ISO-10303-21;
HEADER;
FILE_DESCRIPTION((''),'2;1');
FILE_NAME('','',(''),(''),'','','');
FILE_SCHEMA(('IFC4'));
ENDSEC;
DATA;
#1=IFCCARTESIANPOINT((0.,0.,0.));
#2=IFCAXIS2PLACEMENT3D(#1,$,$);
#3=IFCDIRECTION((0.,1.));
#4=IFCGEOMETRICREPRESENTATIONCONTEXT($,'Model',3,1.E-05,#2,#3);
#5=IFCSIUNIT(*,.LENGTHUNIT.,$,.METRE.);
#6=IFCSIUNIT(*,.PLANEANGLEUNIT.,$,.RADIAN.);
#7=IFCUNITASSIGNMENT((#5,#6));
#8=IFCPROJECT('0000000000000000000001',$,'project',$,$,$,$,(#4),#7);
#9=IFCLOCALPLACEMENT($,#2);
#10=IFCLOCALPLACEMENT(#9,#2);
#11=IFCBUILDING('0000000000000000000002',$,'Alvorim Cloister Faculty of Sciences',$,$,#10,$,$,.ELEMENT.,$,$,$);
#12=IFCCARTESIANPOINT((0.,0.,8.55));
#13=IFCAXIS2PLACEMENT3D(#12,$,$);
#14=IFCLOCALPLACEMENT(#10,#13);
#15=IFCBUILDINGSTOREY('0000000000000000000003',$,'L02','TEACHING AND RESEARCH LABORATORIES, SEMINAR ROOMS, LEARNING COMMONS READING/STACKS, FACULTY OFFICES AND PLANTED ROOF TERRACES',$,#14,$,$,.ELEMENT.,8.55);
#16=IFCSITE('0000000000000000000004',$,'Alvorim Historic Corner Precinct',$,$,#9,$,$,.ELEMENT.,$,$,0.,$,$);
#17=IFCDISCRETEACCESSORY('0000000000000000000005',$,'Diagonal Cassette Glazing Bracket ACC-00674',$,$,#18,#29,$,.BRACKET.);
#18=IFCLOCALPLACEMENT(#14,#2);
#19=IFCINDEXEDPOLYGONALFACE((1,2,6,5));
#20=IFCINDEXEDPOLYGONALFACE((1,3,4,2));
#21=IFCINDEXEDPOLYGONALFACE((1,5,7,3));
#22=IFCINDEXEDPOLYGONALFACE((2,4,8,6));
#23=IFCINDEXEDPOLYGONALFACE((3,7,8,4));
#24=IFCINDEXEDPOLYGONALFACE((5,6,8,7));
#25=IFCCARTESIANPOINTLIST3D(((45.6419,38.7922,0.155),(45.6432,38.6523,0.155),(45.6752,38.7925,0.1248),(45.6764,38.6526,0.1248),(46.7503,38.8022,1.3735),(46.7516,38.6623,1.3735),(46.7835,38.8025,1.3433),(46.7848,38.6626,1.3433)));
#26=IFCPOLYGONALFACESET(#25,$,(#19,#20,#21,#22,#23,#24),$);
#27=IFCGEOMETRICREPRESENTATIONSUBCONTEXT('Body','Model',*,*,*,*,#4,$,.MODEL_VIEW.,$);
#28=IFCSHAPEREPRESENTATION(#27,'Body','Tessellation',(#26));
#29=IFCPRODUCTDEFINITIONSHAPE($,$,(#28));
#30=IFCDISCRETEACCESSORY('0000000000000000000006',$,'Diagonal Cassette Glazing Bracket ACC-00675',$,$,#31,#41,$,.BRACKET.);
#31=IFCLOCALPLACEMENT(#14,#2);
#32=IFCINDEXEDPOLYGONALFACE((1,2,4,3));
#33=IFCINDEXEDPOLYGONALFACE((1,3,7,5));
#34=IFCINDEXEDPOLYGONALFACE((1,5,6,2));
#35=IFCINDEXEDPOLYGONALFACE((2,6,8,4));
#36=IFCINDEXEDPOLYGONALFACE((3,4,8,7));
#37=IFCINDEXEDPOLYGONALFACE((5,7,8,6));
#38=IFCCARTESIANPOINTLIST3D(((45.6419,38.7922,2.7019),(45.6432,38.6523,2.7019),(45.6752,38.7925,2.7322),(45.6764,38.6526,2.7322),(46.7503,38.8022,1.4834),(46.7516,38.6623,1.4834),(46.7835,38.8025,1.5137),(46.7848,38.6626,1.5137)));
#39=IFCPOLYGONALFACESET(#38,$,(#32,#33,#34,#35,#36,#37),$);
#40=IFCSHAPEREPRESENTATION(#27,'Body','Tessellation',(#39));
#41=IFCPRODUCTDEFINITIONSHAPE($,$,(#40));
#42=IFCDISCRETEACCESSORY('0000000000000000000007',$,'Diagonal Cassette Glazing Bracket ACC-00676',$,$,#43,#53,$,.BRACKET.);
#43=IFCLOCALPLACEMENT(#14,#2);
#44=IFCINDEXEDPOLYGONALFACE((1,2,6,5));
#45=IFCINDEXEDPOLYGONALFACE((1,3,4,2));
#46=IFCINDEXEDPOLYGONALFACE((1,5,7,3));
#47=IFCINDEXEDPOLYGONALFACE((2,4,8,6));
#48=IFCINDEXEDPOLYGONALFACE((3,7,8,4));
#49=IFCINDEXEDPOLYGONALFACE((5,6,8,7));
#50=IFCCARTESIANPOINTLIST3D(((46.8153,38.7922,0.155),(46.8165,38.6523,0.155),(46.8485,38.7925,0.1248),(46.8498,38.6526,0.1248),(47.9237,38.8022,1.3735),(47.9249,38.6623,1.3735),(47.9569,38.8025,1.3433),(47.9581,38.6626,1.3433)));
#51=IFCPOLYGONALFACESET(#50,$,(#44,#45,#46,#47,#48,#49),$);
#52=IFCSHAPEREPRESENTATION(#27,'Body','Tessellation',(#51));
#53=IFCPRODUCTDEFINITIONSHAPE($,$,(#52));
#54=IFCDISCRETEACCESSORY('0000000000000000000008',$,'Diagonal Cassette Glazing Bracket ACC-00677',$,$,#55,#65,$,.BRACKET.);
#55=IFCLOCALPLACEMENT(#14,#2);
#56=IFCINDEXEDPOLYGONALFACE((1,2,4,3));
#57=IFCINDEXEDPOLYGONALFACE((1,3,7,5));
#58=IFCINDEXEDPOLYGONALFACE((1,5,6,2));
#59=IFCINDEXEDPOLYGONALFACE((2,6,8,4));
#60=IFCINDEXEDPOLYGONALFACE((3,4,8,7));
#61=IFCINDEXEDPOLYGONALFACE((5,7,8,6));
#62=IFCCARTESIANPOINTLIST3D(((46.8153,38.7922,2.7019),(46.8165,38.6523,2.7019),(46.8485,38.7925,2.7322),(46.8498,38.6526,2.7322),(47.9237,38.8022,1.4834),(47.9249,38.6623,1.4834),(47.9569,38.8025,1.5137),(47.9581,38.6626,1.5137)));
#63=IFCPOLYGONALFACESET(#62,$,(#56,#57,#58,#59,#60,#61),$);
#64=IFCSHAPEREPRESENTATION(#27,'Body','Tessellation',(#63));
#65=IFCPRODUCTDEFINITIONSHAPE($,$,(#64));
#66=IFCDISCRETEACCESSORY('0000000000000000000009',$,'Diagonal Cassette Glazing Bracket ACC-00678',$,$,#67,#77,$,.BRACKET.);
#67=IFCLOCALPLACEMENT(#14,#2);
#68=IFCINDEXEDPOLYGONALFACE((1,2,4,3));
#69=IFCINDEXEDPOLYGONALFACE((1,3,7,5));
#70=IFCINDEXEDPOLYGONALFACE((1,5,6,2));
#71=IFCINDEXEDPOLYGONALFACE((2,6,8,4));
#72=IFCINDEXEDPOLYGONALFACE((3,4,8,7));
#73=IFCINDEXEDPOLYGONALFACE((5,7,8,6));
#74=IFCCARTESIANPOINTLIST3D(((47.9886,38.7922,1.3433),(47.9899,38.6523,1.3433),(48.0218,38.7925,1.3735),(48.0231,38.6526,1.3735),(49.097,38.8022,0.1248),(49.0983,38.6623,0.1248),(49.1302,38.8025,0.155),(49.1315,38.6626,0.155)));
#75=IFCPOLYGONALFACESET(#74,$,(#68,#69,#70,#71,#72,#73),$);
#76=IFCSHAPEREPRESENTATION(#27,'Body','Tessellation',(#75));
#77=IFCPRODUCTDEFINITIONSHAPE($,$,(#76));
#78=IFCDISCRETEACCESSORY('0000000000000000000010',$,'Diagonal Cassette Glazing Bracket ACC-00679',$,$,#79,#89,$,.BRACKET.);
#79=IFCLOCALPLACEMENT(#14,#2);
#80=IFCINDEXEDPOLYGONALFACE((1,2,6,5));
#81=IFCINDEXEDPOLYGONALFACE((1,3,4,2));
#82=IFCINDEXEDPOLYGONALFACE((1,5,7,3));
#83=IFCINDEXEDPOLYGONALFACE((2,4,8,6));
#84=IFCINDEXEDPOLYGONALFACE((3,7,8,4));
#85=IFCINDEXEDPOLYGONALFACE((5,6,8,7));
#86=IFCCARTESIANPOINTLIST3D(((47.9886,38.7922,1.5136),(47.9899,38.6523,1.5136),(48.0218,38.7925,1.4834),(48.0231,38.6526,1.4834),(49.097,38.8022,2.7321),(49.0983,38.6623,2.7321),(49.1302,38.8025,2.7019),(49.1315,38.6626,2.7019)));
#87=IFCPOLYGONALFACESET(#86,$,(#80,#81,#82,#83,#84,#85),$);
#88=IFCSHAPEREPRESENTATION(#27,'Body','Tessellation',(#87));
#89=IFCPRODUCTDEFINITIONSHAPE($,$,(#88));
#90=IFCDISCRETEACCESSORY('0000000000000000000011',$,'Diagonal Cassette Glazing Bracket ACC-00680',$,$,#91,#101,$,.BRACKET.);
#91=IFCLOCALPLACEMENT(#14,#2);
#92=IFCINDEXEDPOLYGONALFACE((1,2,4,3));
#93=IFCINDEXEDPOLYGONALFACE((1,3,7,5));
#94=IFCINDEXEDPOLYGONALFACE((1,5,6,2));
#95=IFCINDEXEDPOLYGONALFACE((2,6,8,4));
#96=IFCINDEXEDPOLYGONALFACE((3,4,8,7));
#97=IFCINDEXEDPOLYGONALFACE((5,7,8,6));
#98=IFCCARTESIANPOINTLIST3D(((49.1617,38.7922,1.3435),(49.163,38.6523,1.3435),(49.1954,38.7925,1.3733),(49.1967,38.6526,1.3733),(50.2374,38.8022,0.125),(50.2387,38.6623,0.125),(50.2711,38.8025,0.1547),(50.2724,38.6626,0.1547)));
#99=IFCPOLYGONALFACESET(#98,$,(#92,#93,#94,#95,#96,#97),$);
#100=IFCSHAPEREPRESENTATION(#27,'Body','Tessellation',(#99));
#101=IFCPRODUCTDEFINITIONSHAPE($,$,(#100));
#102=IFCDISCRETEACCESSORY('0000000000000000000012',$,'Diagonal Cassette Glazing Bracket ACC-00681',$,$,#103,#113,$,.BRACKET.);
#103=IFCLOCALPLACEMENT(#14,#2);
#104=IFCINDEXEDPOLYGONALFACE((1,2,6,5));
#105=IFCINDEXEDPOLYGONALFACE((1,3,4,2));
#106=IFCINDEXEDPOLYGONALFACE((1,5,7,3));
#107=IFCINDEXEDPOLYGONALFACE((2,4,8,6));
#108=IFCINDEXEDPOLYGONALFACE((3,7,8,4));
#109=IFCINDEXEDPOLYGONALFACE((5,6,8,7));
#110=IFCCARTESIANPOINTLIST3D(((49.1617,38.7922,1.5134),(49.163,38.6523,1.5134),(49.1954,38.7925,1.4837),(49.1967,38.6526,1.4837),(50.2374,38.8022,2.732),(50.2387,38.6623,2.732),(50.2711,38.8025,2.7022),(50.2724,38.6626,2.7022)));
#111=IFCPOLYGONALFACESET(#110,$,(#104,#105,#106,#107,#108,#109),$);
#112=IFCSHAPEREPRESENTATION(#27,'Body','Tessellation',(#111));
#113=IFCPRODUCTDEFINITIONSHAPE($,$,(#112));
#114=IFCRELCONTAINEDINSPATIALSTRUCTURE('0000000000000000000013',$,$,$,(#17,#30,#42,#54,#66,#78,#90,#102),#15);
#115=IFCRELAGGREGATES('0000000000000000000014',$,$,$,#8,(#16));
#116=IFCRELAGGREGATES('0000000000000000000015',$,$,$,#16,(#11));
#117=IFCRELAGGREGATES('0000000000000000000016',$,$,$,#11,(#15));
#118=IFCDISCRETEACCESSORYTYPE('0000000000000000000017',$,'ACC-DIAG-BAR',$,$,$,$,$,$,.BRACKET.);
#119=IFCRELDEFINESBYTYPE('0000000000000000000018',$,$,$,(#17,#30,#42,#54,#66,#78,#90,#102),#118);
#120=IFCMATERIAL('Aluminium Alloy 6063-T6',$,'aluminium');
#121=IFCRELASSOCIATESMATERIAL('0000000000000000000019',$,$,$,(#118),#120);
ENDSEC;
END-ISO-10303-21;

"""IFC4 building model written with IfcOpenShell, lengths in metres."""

from ifc_helpers import new_model, si_unit, direction, frame, origin, origin_2d, place, context, subcontext, project, spatial, rectangle, extrude, material, type_object, element, save


model = new_model("IFC4")

# Units and contexts
model_context = context("Model", 3, precision=1e-05, world=origin(), true_north=direction((0.0, 1.0)))
body_context = subcontext(model_context, "Body", "Model", "MODEL_VIEW")
ifc_project = project(units=[si_unit("LENGTHUNIT", "METRE"), si_unit("PLANEANGLEUNIT", "RADIAN")], contexts=[model_context])

# Site, building, storey
site_placement = place(None, origin())
site = spatial("IfcSite", under=ifc_project, at=site_placement, Name="Alvorim Historic Corner Precinct", CompositionType="ELEMENT", RefElevation=0.0)
building_placement = place(site_placement, origin())
building = spatial("IfcBuilding", under=site, at=building_placement, Name="Alvorim Cloister Faculty of Sciences", CompositionType="ELEMENT")
storey_placement = place(building_placement, frame((0.0, 0.0, 8.55)))
storey = spatial("IfcBuildingStorey", under=building, at=storey_placement, Name="L02", Description="TEACHING AND RESEARCH LABORATORIES, SEMINAR ROOMS, LEARNING COMMONS READING/STACKS, FACULTY OFFICES AND PLANTED ROOF TERRACES", CompositionType="ELEMENT", Elevation=8.55)

# Discrete accessories
ifc_material_1 = material(Name="Aluminium Alloy 6063-T6", Category="aluminium")
discrete_accessory_type = type_object("IfcDiscreteAccessoryType", Name="ACC-DIAG-BAR", PredefinedType="BRACKET", material=ifc_material_1)
for number, where, z_axis, x_axis, name in (
    (1, (45.6592, 38.7224, 0.1399), (0.672882, 0.006077, 0.739725), (-0.00903, 0.999959, 0.0), "Diagonal Cassette Glazing Bracket ACC-00674"),
    (2, (45.6592, 38.7224, 2.717), (0.672882, 0.006077, -0.739725), (-0.00903, 0.999959, 0.0), "Diagonal Cassette Glazing Bracket ACC-00675"),
    (3, (46.8325, 38.7224, 0.1399), (0.672882, 0.006077, 0.739725), (-0.00903, 0.999959, 0.0), "Diagonal Cassette Glazing Bracket ACC-00676"),
    (4, (46.8325, 38.7224, 2.717), (0.672882, 0.006077, -0.739725), (-0.00903, 0.999959, 0.0), "Diagonal Cassette Glazing Bracket ACC-00677"),
    (5, (48.0059, 38.7224, 1.3584), (0.672882, 0.006077, -0.739725), (-0.00903, 0.999959, 0.0), "Diagonal Cassette Glazing Bracket ACC-00678"),
    (6, (48.0059, 38.7224, 1.4985), (0.672882, 0.006077, 0.739725), (-0.00903, 0.999959, 0.0), "Diagonal Cassette Glazing Bracket ACC-00679"),
):
    element("IfcDiscreteAccessory", number, at=place(storey_placement, frame(where, z_axis=z_axis, x_axis=x_axis)), inside=storey, type_object=discrete_accessory_type, Name=name, PredefinedType="BRACKET", context=body_context, shape_type="SweptSolid", body=[
        extrude(rectangle(XDim=0.1399, YDim=0.0449, at=origin_2d()), origin(), (0.0, 0.0, 1.0), 1.6472),
    ])
for number, where, z_axis, x_axis, name in (
    (7, (49.1792, 38.7224, 1.3584), (0.661793, 0.006158, -0.749661), (-0.009305, 0.999957, 0.0), "Diagonal Cassette Glazing Bracket ACC-00680"),
    (8, (49.1792, 38.7224, 1.4985), (0.661793, 0.006158, 0.749661), (-0.009305, 0.999957, 0.0), "Diagonal Cassette Glazing Bracket ACC-00681"),
):
    element("IfcDiscreteAccessory", number, at=place(storey_placement, frame(where, z_axis=z_axis, x_axis=x_axis)), inside=storey, type_object=discrete_accessory_type, Name=name, PredefinedType="BRACKET", context=body_context, shape_type="SweptSolid", body=[
        extrude(rectangle(XDim=0.1399, YDim=0.0449, at=origin_2d()), origin(), (0.0, 0.0, 1.0), 1.6255),
    ])

save(model, "model.ifc")
